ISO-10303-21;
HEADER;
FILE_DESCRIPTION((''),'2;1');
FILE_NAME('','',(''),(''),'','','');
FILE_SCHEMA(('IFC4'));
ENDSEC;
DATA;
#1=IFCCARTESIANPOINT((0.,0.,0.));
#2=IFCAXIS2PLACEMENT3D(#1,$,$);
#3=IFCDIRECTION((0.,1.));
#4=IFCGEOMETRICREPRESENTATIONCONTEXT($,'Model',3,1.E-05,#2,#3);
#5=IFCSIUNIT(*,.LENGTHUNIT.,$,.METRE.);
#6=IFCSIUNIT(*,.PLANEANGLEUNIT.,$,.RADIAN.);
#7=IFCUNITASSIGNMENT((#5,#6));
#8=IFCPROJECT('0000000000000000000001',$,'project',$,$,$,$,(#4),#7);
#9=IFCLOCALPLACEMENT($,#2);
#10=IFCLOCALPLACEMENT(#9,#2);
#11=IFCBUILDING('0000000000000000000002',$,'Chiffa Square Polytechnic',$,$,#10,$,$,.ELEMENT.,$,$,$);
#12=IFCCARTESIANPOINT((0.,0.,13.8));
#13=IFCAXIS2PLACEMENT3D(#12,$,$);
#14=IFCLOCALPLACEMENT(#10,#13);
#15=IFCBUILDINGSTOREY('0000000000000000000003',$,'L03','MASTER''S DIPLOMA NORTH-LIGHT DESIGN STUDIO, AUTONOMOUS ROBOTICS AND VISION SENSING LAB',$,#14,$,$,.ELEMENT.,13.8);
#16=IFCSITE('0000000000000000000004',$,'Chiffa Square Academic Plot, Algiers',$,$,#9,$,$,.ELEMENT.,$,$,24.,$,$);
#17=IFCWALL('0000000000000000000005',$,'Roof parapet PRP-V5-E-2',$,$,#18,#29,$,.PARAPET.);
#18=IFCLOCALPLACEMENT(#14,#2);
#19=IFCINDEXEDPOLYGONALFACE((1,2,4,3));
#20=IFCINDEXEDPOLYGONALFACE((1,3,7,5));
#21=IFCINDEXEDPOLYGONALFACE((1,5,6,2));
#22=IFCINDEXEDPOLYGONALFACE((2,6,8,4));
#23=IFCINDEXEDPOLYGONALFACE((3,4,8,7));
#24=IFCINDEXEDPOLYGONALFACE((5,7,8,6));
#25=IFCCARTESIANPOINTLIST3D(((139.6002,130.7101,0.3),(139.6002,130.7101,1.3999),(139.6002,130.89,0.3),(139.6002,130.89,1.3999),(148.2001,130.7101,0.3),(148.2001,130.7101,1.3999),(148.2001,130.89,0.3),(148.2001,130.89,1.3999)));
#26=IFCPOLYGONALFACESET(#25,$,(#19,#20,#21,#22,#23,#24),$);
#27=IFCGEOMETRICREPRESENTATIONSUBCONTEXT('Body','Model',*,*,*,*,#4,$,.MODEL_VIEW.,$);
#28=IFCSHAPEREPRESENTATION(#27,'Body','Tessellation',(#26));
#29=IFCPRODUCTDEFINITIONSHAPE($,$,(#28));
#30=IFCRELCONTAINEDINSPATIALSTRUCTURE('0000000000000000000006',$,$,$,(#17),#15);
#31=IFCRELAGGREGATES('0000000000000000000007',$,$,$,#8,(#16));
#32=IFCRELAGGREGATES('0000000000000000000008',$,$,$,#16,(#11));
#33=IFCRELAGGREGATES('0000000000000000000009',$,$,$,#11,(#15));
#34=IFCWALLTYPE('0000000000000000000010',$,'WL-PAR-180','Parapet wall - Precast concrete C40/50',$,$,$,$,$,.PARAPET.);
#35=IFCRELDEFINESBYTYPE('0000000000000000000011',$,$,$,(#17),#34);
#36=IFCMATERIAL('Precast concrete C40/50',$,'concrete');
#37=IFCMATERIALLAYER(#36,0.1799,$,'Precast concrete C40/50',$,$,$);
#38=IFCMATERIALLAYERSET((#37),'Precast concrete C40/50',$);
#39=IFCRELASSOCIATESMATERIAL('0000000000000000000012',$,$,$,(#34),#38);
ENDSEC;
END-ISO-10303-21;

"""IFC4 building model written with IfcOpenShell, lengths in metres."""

from ifc_helpers import new_model, si_unit, direction, frame, frame_2d, origin, place, context, subcontext, project, spatial, rectangle, extrude, material, layer, layer_set, type_object, element, save


model = new_model("IFC4")

# Units and contexts
model_context = context("Model", 3, precision=1e-05, world=origin(), true_north=direction((0.0, 1.0)))
body_context = subcontext(model_context, "Body", "Model", "MODEL_VIEW")
ifc_project = project(units=[si_unit("LENGTHUNIT", "METRE"), si_unit("PLANEANGLEUNIT", "RADIAN")], contexts=[model_context])

# Site, building, storey
site_placement = place(None, origin())
site = spatial("IfcSite", under=ifc_project, at=site_placement, Name="Chiffa Square Academic Plot, Algiers", CompositionType="ELEMENT", RefElevation=24.0)
building_placement = place(site_placement, origin())
building = spatial("IfcBuilding", under=site, at=building_placement, Name="Chiffa Square Polytechnic", CompositionType="ELEMENT")
storey_placement = place(building_placement, frame((0.0, 0.0, 13.8)))
storey = spatial("IfcBuildingStorey", under=building, at=storey_placement, Name="L03", Description="MASTER'S DIPLOMA NORTH-LIGHT DESIGN STUDIO, AUTONOMOUS ROBOTICS AND VISION SENSING LAB", CompositionType="ELEMENT", Elevation=13.8)

# Shared definitions
ifc_material_1 = material(Name="Precast concrete C40/50", Category="concrete")

# Wall
ifc_layer_1 = layer(ifc_material_1, 0.1799, Name="Precast concrete C40/50")
ifc_layer_set_1 = layer_set([ifc_layer_1], Name="Precast concrete C40/50")
wall_type_1 = type_object("IfcWallType", Name="WL-PAR-180", Description="Parapet wall - Precast concrete C40/50", PredefinedType="PARAPET", material=ifc_layer_set_1)
wall_1_placement = place(storey_placement, frame((148.2, 130.8, 0.3), z_axis=(0.0, 0.0, 1.0), x_axis=(-1.0, 0.0, 0.0)))
element("IfcWall", 1, at=wall_1_placement, inside=storey, type_object=wall_type_1, Name="Roof parapet PRP-V5-E-2", PredefinedType="PARAPET", context=body_context, shape_type="SweptSolid", body=[
    extrude(rectangle(XDim=8.5999, YDim=0.1799, at=frame_2d((4.2998, 0.0))), origin(), (0.0, 0.0, 1.0), 1.0999),
])

save(model, "model.ifc")
